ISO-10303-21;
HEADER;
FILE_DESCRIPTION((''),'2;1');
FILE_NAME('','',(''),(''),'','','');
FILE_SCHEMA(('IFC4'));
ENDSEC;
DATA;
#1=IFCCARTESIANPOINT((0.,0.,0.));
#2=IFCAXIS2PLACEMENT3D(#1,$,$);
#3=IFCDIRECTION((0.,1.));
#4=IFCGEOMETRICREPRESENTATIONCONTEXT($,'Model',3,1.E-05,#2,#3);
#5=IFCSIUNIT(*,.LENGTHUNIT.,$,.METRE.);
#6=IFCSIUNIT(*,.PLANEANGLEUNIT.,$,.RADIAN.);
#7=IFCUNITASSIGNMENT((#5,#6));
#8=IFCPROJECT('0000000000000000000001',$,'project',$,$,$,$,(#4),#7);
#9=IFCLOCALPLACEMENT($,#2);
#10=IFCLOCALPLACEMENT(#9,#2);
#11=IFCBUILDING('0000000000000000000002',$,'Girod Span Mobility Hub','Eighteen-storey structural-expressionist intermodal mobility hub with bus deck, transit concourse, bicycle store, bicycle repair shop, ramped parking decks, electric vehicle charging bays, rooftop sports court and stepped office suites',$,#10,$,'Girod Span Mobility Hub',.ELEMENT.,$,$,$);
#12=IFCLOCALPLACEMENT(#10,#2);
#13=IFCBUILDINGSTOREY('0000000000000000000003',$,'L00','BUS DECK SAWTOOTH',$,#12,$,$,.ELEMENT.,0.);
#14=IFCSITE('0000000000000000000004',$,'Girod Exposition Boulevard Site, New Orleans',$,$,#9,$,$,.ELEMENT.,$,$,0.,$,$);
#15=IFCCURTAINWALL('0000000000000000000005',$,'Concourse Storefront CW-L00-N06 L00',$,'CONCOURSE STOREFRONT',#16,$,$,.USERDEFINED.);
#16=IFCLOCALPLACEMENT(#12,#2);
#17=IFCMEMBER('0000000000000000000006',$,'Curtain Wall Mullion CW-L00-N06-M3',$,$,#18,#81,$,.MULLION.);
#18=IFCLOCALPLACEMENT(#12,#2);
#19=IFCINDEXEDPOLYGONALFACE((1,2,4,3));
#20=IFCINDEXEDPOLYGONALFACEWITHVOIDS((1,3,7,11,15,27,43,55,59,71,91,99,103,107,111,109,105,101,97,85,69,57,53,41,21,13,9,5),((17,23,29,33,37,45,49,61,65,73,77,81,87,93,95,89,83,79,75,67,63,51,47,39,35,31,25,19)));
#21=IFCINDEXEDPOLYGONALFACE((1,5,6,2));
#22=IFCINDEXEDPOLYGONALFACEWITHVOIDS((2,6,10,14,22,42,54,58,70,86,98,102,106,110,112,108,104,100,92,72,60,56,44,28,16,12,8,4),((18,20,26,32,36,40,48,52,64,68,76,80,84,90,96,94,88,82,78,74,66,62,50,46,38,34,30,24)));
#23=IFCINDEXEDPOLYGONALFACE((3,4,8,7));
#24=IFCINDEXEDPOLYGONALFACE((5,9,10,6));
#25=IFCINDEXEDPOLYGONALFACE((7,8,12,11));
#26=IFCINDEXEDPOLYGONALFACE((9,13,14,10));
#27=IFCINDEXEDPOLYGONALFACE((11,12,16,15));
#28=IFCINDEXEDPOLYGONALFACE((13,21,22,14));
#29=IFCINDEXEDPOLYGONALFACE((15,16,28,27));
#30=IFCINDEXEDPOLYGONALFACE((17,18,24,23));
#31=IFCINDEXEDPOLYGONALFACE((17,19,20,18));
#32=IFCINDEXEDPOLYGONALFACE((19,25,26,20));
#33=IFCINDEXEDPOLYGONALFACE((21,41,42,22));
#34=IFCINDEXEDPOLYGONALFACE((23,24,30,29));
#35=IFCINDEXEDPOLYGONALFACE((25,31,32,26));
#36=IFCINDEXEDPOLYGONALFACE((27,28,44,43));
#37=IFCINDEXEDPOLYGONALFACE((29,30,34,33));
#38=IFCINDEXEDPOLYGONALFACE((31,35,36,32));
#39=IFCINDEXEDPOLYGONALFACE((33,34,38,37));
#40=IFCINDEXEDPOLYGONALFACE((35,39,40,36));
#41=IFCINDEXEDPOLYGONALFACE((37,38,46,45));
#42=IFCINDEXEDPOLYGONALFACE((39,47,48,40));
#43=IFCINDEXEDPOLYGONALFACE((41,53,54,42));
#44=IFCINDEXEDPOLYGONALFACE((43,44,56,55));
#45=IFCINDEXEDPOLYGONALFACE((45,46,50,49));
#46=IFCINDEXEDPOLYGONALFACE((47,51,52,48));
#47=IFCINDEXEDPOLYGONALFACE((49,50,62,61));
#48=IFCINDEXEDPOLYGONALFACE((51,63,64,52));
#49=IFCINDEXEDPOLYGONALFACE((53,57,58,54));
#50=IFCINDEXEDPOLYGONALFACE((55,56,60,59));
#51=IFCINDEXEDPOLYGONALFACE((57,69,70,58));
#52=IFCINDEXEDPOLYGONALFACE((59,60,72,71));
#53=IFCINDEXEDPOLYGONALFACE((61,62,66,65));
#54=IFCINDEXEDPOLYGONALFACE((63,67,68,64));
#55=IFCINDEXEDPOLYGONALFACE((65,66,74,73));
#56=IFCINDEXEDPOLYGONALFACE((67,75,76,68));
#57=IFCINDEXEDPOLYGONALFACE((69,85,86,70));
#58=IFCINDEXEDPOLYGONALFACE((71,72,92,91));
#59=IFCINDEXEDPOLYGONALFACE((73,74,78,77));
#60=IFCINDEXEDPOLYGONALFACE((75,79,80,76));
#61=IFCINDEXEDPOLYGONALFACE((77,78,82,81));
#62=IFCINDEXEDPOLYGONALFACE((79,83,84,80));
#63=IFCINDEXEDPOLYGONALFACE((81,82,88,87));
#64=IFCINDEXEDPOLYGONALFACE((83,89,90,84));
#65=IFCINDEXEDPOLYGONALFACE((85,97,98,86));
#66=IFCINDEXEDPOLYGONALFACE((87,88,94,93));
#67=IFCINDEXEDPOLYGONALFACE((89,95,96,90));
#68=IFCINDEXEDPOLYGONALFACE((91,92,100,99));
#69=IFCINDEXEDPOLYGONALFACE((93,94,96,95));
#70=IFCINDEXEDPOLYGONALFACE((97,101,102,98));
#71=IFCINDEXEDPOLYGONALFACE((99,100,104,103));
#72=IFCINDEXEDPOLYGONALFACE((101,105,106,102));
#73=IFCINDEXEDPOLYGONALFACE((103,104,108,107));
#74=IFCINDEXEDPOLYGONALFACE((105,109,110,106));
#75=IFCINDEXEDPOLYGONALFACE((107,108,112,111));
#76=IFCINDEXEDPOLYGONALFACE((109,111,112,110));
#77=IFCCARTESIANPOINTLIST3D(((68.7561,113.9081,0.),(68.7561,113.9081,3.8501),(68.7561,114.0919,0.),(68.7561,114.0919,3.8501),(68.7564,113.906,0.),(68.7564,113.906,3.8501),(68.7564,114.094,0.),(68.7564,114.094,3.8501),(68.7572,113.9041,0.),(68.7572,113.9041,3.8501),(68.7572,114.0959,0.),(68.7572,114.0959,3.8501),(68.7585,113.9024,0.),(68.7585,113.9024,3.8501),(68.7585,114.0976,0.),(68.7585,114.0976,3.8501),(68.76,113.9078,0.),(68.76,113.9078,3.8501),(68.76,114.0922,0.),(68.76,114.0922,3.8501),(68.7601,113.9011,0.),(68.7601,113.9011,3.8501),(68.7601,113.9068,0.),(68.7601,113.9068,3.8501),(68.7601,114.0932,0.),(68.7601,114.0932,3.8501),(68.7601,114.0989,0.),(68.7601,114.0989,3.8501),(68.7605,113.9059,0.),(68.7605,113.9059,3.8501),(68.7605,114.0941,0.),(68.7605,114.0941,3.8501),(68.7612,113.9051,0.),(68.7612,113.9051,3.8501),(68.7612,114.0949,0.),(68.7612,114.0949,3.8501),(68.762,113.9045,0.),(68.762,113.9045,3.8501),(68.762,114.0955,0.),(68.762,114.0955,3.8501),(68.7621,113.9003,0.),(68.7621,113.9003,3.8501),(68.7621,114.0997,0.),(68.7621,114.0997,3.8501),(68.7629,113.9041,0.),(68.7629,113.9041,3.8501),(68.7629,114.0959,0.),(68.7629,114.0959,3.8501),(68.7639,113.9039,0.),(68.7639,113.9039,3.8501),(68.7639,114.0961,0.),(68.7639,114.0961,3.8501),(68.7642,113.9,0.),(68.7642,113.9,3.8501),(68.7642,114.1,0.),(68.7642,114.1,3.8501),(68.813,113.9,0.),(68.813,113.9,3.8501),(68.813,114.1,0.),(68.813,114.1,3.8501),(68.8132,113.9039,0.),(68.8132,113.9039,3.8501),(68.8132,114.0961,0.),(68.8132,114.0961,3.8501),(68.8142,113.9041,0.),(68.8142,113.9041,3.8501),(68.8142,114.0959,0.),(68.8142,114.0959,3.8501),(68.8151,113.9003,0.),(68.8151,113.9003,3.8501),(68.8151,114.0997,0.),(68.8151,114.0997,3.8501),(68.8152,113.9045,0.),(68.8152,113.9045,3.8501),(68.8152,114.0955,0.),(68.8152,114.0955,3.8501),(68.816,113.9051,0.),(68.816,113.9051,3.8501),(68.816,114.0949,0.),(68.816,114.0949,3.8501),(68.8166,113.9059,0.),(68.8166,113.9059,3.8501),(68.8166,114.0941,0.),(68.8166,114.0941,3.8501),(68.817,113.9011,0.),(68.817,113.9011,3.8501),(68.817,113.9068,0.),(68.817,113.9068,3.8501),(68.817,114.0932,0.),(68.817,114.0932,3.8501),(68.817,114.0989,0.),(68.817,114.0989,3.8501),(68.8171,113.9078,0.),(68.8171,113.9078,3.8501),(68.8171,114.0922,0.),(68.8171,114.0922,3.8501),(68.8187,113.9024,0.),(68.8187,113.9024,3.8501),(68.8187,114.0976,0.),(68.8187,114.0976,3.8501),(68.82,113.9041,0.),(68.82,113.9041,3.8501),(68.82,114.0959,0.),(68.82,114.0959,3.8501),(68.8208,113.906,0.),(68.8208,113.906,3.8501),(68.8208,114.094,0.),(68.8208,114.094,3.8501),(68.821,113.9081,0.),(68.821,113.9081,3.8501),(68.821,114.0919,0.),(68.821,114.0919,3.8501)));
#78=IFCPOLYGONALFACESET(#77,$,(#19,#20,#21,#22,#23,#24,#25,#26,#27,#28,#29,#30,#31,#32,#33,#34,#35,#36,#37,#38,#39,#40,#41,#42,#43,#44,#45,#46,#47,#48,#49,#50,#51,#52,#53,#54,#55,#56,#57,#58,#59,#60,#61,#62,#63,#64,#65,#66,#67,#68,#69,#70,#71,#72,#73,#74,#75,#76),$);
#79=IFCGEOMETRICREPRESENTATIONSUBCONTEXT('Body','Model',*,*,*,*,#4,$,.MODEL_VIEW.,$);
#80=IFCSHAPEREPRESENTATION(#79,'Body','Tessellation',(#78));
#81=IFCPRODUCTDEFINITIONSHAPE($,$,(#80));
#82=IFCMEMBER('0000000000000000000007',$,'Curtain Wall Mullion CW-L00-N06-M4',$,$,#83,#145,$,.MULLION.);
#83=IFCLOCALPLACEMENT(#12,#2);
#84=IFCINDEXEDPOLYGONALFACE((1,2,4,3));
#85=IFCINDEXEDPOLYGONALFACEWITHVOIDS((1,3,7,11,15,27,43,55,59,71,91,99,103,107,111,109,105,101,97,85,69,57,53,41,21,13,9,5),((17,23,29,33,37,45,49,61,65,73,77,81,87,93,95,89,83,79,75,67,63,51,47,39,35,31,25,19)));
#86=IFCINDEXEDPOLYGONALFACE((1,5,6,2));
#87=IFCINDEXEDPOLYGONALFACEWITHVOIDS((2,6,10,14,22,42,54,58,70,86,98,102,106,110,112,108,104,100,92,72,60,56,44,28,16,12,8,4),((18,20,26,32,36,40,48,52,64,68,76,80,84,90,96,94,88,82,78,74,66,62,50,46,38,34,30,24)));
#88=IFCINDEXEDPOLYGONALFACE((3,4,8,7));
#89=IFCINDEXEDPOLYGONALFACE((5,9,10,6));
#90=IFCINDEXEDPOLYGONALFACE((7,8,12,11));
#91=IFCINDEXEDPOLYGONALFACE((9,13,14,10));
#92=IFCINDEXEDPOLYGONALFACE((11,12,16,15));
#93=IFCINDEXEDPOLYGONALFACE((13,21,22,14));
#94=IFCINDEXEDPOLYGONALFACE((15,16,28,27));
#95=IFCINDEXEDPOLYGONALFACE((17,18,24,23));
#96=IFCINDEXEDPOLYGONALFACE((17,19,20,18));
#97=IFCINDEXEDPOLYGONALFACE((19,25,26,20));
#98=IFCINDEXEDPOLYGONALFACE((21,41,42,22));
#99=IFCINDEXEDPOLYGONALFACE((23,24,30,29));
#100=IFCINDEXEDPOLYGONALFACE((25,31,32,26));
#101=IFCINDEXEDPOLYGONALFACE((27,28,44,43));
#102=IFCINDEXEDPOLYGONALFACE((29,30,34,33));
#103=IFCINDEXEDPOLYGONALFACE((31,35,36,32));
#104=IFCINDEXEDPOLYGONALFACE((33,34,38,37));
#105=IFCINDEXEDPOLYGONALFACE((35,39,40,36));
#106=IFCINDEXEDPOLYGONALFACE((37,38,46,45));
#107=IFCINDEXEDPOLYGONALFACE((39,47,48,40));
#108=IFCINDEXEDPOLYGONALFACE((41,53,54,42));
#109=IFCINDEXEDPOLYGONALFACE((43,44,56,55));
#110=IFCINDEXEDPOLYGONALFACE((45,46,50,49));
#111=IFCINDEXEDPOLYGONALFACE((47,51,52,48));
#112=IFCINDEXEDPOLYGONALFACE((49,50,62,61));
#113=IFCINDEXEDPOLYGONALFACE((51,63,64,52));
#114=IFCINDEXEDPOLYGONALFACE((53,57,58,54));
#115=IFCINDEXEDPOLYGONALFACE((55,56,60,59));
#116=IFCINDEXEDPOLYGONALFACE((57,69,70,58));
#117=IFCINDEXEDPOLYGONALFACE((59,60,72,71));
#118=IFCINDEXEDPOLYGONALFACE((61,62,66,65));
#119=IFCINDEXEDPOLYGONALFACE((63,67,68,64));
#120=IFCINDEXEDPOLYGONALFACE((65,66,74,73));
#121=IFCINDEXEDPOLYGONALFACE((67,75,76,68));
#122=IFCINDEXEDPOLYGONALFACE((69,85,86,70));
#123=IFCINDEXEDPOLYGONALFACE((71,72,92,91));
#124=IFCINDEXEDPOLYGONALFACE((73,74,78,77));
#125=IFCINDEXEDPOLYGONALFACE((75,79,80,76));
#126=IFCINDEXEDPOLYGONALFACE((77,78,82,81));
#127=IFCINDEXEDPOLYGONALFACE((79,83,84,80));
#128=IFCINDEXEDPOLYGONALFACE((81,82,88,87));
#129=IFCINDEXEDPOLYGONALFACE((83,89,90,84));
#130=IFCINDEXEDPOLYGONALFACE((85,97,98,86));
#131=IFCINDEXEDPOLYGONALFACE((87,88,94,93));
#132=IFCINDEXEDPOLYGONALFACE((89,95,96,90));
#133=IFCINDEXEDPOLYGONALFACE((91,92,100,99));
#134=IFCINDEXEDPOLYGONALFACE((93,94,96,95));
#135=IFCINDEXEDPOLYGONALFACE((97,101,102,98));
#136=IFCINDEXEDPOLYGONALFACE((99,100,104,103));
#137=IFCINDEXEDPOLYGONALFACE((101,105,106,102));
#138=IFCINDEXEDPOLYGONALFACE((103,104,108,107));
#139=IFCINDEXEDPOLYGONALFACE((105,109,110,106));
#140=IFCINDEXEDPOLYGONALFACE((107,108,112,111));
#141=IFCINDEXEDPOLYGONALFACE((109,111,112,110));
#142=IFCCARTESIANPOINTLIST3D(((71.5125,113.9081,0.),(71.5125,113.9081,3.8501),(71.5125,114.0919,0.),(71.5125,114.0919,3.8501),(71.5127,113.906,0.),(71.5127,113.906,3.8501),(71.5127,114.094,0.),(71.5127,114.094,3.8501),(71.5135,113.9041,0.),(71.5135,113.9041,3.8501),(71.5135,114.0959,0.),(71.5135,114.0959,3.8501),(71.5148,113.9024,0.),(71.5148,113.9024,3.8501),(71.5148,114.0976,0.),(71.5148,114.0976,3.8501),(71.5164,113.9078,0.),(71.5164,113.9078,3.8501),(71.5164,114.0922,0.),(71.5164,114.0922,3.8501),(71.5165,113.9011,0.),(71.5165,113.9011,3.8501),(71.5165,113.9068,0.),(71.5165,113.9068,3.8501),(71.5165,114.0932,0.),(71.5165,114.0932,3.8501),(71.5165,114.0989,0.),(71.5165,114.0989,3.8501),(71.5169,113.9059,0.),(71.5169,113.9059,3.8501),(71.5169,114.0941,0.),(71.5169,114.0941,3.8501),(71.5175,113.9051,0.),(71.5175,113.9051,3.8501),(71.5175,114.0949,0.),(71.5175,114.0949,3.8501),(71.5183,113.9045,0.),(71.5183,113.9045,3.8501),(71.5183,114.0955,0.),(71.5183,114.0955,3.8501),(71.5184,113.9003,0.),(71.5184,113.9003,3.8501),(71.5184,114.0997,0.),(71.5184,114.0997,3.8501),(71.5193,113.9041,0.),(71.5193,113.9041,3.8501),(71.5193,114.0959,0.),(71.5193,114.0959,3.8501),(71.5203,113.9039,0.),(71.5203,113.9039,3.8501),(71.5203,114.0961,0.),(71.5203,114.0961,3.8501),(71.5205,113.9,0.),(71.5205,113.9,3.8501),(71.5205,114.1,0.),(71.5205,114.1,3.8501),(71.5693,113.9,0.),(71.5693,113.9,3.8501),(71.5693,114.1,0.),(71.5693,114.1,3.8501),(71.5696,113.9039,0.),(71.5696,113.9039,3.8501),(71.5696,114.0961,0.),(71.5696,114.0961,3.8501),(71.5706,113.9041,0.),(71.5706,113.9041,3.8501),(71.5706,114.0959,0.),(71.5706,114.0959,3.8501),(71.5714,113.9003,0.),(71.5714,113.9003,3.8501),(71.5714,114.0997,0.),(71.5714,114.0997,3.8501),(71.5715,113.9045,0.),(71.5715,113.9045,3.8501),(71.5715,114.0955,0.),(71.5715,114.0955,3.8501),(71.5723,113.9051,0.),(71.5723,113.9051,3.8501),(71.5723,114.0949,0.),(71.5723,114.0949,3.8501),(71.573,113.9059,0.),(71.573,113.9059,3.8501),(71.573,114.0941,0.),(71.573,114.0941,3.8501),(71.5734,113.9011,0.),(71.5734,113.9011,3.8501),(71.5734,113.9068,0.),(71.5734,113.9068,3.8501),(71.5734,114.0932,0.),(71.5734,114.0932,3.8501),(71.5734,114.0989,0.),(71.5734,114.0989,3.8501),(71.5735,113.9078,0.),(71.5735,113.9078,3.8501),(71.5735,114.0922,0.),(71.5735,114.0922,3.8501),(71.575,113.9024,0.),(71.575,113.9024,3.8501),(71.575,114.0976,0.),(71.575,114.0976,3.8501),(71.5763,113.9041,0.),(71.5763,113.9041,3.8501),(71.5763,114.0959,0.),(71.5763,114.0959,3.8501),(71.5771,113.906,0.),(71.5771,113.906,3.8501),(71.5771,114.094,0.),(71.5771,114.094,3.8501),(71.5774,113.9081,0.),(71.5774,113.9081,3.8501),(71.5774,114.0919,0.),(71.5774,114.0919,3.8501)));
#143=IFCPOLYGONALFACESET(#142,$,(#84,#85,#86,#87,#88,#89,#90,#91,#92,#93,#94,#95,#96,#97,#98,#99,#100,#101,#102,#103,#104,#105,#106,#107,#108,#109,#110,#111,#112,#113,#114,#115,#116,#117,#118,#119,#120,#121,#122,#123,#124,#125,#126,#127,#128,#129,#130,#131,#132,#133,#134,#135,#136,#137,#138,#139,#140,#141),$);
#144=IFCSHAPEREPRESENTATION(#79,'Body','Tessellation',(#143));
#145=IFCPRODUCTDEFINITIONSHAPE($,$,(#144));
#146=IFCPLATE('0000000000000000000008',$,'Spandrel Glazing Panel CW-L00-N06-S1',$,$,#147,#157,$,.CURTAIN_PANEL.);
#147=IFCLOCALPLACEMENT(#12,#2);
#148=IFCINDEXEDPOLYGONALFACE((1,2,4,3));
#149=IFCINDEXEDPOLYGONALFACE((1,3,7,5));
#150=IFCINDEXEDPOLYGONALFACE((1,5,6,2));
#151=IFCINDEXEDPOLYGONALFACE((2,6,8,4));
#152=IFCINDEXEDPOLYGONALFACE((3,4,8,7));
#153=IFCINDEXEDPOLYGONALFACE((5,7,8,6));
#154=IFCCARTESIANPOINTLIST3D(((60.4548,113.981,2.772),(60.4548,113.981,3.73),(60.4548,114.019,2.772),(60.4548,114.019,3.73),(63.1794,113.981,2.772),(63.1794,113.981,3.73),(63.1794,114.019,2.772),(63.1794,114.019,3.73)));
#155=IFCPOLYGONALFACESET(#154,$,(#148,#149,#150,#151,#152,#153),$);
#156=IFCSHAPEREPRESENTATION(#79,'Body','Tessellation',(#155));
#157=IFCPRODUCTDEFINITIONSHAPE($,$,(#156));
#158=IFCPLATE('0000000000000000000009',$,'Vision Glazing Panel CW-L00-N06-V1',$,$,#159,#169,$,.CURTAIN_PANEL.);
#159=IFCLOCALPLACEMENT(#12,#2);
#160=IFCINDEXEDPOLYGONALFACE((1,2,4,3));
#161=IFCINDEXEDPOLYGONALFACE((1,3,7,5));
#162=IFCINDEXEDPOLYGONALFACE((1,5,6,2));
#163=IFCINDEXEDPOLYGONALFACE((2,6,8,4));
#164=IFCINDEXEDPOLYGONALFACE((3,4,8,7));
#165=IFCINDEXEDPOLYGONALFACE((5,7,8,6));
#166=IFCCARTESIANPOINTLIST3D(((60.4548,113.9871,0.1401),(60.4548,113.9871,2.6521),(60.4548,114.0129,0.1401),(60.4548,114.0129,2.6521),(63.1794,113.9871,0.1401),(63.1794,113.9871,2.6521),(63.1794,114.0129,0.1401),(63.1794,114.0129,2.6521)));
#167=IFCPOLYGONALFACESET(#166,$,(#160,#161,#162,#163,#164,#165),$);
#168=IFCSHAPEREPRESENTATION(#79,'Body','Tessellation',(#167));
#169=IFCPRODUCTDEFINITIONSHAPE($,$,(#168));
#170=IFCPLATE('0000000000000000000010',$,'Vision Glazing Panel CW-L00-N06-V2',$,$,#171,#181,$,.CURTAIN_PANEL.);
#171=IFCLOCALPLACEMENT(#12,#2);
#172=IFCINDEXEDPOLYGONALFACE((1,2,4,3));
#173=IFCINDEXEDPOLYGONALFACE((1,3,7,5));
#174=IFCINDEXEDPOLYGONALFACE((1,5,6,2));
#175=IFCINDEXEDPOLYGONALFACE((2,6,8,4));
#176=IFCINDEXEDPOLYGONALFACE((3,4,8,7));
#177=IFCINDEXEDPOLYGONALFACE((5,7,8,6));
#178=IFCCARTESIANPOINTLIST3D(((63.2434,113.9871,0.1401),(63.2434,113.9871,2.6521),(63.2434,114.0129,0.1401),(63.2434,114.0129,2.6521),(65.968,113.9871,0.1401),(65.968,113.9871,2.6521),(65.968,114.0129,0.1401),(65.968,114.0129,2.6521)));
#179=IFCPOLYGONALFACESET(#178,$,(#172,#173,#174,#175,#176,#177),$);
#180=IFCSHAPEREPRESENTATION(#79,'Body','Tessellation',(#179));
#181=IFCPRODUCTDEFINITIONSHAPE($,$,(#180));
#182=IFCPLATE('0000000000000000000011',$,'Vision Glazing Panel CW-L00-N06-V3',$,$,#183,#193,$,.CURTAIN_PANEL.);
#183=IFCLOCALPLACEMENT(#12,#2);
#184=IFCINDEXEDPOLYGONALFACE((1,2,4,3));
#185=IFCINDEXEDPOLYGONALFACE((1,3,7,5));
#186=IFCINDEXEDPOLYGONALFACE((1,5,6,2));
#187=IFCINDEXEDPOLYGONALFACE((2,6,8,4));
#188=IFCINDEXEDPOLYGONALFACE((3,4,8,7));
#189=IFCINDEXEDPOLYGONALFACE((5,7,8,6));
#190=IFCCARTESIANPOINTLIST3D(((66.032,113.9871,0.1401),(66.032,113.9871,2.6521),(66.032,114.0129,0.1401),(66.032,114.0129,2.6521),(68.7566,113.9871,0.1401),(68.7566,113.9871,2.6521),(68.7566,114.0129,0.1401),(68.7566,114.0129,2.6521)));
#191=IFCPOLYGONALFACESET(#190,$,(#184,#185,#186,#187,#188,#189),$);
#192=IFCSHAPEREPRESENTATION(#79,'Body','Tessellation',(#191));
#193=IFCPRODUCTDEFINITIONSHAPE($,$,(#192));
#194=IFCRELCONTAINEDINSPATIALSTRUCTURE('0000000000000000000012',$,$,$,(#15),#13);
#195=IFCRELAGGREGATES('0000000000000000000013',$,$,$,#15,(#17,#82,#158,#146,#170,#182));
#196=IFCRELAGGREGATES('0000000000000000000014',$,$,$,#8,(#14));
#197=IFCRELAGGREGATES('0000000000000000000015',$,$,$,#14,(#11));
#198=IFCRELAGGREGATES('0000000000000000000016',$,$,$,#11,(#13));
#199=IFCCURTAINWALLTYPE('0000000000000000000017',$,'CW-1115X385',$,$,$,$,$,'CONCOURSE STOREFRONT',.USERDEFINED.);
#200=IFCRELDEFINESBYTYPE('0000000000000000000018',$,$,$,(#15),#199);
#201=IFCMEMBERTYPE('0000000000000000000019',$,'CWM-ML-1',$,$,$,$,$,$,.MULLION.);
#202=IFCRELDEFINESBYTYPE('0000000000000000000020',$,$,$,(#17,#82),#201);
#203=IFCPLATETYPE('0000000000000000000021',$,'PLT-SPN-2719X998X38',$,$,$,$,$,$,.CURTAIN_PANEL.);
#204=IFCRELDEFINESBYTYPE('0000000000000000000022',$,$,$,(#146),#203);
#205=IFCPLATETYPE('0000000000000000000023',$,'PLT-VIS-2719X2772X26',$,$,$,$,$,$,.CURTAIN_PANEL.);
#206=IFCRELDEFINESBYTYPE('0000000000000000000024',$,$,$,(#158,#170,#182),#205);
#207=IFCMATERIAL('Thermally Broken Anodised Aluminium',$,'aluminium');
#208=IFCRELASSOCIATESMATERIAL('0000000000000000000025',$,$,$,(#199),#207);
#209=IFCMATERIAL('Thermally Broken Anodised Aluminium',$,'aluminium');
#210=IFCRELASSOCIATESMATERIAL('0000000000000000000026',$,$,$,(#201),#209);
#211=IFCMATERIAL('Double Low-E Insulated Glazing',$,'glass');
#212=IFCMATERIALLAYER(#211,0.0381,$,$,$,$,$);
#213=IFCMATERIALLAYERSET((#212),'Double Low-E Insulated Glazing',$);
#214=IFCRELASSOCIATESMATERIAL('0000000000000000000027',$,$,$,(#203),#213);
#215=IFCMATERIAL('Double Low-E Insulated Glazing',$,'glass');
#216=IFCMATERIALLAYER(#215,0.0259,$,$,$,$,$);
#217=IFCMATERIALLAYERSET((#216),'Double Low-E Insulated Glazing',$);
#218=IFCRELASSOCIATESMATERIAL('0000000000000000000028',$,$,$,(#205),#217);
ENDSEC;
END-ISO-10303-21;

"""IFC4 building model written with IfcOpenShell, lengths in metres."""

from ifc_helpers import new_model, si_unit, direction, frame, origin, origin_2d, place, context, subcontext, project, spatial, rectangle, hollow_rectangle, extrude, material, layer, layer_set, material_profile, profile_set, type_object, element, aggregate, save


model = new_model("IFC4")

# Units and contexts
model_context = context("Model", 3, precision=1e-05, world=origin(), true_north=direction((0.0, 1.0)))
body_context = subcontext(model_context, "Body", "Model", "MODEL_VIEW")
ifc_project = project(units=[si_unit("LENGTHUNIT", "METRE"), si_unit("PLANEANGLEUNIT", "RADIAN")], contexts=[model_context])

# Site, building, storey
site_placement = place(None, origin())
site = spatial("IfcSite", under=ifc_project, at=site_placement, Name="Girod Exposition Boulevard Site, New Orleans", CompositionType="ELEMENT", RefElevation=0.0)
building_placement = place(site_placement, origin())
building = spatial("IfcBuilding", under=site, at=building_placement, Name="Girod Span Mobility Hub", Description="Eighteen-storey structural-expressionist intermodal mobility hub with bus deck, transit concourse, bicycle store, bicycle repair shop, ramped parking decks, electric vehicle charging bays, rooftop sports court and stepped office suites", LongName="Girod Span Mobility Hub", CompositionType="ELEMENT")
storey_placement = place(building_placement, origin())
storey = spatial("IfcBuildingStorey", under=building, at=storey_placement, Name="L00", Description="BUS DECK SAWTOOTH", CompositionType="ELEMENT", Elevation=0.0)

# Curtain wall, members, plates
ifc_material_1 = material(Name="Thermally Broken Anodised Aluminium", Category="aluminium")
curtain_wall_type = type_object("IfcCurtainWallType", Name="CW-1115X385", ElementType="CONCOURSE STOREFRONT", PredefinedType="USERDEFINED", material=ifc_material_1)
curtain_wall_placement = place(storey_placement, origin())
curtain_wall = element("IfcCurtainWall", 1, at=curtain_wall_placement, inside=storey, type_object=curtain_wall_type, Name="Concourse Storefront CW-L00-N06 L00", ObjectType="CONCOURSE STOREFRONT", PredefinedType="USERDEFINED")
ifc_material_2 = material(Name="Thermally Broken Anodised Aluminium", Category="aluminium")
ifc_material_profile_1 = material_profile(ifc_material_2, hollow_rectangle(XDim=0.2, YDim=0.0649, WallThickness=0.0039, InnerFilletRadius=0.0039, OuterFilletRadius=0.0081, at=origin_2d()), Name="CW-ML-65X200")
ifc_profile_set_1 = profile_set([ifc_material_profile_1], Name="Thermally Broken Anodised Aluminium")
member_type = type_object("IfcMemberType", Name="CWM-ML-1", PredefinedType="MULLION", material=ifc_profile_set_1)
member_1_placement = place(storey_placement, frame((68.7886, 114.0, 0.0), z_axis=(0.0, 0.0, 1.0), x_axis=(0.0, 1.0, 0.0)))
member_1 = element("IfcMember", 2, at=member_1_placement, type_object=member_type, Name="Curtain Wall Mullion CW-L00-N06-M3", PredefinedType="MULLION", context=body_context, shape_type="SweptSolid", body=[
    extrude(hollow_rectangle(XDim=0.2, YDim=0.0649, WallThickness=0.0039, InnerFilletRadius=0.0039, OuterFilletRadius=0.0081, at=origin_2d()), origin(), (0.0, 0.0, 1.0), 3.8501),
])
member_2_placement = place(storey_placement, frame((71.5449, 114.0, 0.0), z_axis=(0.0, 0.0, 1.0), x_axis=(0.0, 1.0, 0.0)))
member_2 = element("IfcMember", 3, at=member_2_placement, type_object=member_type, Name="Curtain Wall Mullion CW-L00-N06-M4", PredefinedType="MULLION", context=body_context, shape_type="SweptSolid", body=[
    extrude(hollow_rectangle(XDim=0.2, YDim=0.0649, WallThickness=0.0039, InnerFilletRadius=0.0039, OuterFilletRadius=0.0081, at=origin_2d()), origin(), (0.0, 0.0, 1.0), 3.8501),
])
ifc_material_3 = material(Name="Double Low-E Insulated Glazing", Category="glass")
ifc_layer_1 = layer(ifc_material_3, 0.0381)
ifc_layer_set_1 = layer_set([ifc_layer_1], Name="Double Low-E Insulated Glazing")
plate_type_1 = type_object("IfcPlateType", Name="PLT-SPN-2719X998X38", PredefinedType="CURTAIN_PANEL", material=ifc_layer_set_1)
plate_1_placement = place(storey_placement, frame((61.8171, 114.0, 2.772), z_axis=(0.0, 0.0, 1.0), x_axis=(1.0, 0.0, 0.0)))
plate_1 = element("IfcPlate", 4, at=plate_1_placement, type_object=plate_type_1, Name="Spandrel Glazing Panel CW-L00-N06-S1", PredefinedType="CURTAIN_PANEL", context=body_context, shape_type="SweptSolid", body=[
    extrude(rectangle(XDim=2.7246, YDim=0.0381, at=origin_2d()), origin(), (0.0, 0.0, 1.0), 0.958),
])
ifc_material_4 = material(Name="Double Low-E Insulated Glazing", Category="glass")
ifc_layer_2 = layer(ifc_material_4, 0.0259)
ifc_layer_set_2 = layer_set([ifc_layer_2], Name="Double Low-E Insulated Glazing")
plate_type_2 = type_object("IfcPlateType", Name="PLT-VIS-2719X2772X26", PredefinedType="CURTAIN_PANEL", material=ifc_layer_set_2)
plate_2_placement = place(storey_placement, frame((61.8171, 114.0, 0.1401), z_axis=(0.0, 0.0, 1.0), x_axis=(1.0, 0.0, 0.0)))
plate_2 = element("IfcPlate", 5, at=plate_2_placement, type_object=plate_type_2, Name="Vision Glazing Panel CW-L00-N06-V1", PredefinedType="CURTAIN_PANEL", context=body_context, shape_type="SweptSolid", body=[
    extrude(rectangle(XDim=2.7246, YDim=0.0259, at=origin_2d()), origin(), (0.0, 0.0, 1.0), 2.512),
])
plate_3_placement = place(storey_placement, frame((64.6057, 114.0, 0.1401), z_axis=(0.0, 0.0, 1.0), x_axis=(1.0, 0.0, 0.0)))
plate_3 = element("IfcPlate", 6, at=plate_3_placement, type_object=plate_type_2, Name="Vision Glazing Panel CW-L00-N06-V2", PredefinedType="CURTAIN_PANEL", context=body_context, shape_type="SweptSolid", body=[
    extrude(rectangle(XDim=2.7246, YDim=0.0259, at=origin_2d()), origin(), (0.0, 0.0, 1.0), 2.512),
])
plate_4_placement = place(storey_placement, frame((67.3943, 114.0, 0.1401), z_axis=(0.0, 0.0, 1.0), x_axis=(1.0, 0.0, 0.0)))
plate_4 = element("IfcPlate", 7, at=plate_4_placement, type_object=plate_type_2, Name="Vision Glazing Panel CW-L00-N06-V3", PredefinedType="CURTAIN_PANEL", context=body_context, shape_type="SweptSolid", body=[
    extrude(rectangle(XDim=2.7246, YDim=0.0259, at=origin_2d()), origin(), (0.0, 0.0, 1.0), 2.512),
])
aggregate(curtain_wall, [member_1, member_2, plate_2, plate_1, plate_3, plate_4])

save(model, "model.ifc")
